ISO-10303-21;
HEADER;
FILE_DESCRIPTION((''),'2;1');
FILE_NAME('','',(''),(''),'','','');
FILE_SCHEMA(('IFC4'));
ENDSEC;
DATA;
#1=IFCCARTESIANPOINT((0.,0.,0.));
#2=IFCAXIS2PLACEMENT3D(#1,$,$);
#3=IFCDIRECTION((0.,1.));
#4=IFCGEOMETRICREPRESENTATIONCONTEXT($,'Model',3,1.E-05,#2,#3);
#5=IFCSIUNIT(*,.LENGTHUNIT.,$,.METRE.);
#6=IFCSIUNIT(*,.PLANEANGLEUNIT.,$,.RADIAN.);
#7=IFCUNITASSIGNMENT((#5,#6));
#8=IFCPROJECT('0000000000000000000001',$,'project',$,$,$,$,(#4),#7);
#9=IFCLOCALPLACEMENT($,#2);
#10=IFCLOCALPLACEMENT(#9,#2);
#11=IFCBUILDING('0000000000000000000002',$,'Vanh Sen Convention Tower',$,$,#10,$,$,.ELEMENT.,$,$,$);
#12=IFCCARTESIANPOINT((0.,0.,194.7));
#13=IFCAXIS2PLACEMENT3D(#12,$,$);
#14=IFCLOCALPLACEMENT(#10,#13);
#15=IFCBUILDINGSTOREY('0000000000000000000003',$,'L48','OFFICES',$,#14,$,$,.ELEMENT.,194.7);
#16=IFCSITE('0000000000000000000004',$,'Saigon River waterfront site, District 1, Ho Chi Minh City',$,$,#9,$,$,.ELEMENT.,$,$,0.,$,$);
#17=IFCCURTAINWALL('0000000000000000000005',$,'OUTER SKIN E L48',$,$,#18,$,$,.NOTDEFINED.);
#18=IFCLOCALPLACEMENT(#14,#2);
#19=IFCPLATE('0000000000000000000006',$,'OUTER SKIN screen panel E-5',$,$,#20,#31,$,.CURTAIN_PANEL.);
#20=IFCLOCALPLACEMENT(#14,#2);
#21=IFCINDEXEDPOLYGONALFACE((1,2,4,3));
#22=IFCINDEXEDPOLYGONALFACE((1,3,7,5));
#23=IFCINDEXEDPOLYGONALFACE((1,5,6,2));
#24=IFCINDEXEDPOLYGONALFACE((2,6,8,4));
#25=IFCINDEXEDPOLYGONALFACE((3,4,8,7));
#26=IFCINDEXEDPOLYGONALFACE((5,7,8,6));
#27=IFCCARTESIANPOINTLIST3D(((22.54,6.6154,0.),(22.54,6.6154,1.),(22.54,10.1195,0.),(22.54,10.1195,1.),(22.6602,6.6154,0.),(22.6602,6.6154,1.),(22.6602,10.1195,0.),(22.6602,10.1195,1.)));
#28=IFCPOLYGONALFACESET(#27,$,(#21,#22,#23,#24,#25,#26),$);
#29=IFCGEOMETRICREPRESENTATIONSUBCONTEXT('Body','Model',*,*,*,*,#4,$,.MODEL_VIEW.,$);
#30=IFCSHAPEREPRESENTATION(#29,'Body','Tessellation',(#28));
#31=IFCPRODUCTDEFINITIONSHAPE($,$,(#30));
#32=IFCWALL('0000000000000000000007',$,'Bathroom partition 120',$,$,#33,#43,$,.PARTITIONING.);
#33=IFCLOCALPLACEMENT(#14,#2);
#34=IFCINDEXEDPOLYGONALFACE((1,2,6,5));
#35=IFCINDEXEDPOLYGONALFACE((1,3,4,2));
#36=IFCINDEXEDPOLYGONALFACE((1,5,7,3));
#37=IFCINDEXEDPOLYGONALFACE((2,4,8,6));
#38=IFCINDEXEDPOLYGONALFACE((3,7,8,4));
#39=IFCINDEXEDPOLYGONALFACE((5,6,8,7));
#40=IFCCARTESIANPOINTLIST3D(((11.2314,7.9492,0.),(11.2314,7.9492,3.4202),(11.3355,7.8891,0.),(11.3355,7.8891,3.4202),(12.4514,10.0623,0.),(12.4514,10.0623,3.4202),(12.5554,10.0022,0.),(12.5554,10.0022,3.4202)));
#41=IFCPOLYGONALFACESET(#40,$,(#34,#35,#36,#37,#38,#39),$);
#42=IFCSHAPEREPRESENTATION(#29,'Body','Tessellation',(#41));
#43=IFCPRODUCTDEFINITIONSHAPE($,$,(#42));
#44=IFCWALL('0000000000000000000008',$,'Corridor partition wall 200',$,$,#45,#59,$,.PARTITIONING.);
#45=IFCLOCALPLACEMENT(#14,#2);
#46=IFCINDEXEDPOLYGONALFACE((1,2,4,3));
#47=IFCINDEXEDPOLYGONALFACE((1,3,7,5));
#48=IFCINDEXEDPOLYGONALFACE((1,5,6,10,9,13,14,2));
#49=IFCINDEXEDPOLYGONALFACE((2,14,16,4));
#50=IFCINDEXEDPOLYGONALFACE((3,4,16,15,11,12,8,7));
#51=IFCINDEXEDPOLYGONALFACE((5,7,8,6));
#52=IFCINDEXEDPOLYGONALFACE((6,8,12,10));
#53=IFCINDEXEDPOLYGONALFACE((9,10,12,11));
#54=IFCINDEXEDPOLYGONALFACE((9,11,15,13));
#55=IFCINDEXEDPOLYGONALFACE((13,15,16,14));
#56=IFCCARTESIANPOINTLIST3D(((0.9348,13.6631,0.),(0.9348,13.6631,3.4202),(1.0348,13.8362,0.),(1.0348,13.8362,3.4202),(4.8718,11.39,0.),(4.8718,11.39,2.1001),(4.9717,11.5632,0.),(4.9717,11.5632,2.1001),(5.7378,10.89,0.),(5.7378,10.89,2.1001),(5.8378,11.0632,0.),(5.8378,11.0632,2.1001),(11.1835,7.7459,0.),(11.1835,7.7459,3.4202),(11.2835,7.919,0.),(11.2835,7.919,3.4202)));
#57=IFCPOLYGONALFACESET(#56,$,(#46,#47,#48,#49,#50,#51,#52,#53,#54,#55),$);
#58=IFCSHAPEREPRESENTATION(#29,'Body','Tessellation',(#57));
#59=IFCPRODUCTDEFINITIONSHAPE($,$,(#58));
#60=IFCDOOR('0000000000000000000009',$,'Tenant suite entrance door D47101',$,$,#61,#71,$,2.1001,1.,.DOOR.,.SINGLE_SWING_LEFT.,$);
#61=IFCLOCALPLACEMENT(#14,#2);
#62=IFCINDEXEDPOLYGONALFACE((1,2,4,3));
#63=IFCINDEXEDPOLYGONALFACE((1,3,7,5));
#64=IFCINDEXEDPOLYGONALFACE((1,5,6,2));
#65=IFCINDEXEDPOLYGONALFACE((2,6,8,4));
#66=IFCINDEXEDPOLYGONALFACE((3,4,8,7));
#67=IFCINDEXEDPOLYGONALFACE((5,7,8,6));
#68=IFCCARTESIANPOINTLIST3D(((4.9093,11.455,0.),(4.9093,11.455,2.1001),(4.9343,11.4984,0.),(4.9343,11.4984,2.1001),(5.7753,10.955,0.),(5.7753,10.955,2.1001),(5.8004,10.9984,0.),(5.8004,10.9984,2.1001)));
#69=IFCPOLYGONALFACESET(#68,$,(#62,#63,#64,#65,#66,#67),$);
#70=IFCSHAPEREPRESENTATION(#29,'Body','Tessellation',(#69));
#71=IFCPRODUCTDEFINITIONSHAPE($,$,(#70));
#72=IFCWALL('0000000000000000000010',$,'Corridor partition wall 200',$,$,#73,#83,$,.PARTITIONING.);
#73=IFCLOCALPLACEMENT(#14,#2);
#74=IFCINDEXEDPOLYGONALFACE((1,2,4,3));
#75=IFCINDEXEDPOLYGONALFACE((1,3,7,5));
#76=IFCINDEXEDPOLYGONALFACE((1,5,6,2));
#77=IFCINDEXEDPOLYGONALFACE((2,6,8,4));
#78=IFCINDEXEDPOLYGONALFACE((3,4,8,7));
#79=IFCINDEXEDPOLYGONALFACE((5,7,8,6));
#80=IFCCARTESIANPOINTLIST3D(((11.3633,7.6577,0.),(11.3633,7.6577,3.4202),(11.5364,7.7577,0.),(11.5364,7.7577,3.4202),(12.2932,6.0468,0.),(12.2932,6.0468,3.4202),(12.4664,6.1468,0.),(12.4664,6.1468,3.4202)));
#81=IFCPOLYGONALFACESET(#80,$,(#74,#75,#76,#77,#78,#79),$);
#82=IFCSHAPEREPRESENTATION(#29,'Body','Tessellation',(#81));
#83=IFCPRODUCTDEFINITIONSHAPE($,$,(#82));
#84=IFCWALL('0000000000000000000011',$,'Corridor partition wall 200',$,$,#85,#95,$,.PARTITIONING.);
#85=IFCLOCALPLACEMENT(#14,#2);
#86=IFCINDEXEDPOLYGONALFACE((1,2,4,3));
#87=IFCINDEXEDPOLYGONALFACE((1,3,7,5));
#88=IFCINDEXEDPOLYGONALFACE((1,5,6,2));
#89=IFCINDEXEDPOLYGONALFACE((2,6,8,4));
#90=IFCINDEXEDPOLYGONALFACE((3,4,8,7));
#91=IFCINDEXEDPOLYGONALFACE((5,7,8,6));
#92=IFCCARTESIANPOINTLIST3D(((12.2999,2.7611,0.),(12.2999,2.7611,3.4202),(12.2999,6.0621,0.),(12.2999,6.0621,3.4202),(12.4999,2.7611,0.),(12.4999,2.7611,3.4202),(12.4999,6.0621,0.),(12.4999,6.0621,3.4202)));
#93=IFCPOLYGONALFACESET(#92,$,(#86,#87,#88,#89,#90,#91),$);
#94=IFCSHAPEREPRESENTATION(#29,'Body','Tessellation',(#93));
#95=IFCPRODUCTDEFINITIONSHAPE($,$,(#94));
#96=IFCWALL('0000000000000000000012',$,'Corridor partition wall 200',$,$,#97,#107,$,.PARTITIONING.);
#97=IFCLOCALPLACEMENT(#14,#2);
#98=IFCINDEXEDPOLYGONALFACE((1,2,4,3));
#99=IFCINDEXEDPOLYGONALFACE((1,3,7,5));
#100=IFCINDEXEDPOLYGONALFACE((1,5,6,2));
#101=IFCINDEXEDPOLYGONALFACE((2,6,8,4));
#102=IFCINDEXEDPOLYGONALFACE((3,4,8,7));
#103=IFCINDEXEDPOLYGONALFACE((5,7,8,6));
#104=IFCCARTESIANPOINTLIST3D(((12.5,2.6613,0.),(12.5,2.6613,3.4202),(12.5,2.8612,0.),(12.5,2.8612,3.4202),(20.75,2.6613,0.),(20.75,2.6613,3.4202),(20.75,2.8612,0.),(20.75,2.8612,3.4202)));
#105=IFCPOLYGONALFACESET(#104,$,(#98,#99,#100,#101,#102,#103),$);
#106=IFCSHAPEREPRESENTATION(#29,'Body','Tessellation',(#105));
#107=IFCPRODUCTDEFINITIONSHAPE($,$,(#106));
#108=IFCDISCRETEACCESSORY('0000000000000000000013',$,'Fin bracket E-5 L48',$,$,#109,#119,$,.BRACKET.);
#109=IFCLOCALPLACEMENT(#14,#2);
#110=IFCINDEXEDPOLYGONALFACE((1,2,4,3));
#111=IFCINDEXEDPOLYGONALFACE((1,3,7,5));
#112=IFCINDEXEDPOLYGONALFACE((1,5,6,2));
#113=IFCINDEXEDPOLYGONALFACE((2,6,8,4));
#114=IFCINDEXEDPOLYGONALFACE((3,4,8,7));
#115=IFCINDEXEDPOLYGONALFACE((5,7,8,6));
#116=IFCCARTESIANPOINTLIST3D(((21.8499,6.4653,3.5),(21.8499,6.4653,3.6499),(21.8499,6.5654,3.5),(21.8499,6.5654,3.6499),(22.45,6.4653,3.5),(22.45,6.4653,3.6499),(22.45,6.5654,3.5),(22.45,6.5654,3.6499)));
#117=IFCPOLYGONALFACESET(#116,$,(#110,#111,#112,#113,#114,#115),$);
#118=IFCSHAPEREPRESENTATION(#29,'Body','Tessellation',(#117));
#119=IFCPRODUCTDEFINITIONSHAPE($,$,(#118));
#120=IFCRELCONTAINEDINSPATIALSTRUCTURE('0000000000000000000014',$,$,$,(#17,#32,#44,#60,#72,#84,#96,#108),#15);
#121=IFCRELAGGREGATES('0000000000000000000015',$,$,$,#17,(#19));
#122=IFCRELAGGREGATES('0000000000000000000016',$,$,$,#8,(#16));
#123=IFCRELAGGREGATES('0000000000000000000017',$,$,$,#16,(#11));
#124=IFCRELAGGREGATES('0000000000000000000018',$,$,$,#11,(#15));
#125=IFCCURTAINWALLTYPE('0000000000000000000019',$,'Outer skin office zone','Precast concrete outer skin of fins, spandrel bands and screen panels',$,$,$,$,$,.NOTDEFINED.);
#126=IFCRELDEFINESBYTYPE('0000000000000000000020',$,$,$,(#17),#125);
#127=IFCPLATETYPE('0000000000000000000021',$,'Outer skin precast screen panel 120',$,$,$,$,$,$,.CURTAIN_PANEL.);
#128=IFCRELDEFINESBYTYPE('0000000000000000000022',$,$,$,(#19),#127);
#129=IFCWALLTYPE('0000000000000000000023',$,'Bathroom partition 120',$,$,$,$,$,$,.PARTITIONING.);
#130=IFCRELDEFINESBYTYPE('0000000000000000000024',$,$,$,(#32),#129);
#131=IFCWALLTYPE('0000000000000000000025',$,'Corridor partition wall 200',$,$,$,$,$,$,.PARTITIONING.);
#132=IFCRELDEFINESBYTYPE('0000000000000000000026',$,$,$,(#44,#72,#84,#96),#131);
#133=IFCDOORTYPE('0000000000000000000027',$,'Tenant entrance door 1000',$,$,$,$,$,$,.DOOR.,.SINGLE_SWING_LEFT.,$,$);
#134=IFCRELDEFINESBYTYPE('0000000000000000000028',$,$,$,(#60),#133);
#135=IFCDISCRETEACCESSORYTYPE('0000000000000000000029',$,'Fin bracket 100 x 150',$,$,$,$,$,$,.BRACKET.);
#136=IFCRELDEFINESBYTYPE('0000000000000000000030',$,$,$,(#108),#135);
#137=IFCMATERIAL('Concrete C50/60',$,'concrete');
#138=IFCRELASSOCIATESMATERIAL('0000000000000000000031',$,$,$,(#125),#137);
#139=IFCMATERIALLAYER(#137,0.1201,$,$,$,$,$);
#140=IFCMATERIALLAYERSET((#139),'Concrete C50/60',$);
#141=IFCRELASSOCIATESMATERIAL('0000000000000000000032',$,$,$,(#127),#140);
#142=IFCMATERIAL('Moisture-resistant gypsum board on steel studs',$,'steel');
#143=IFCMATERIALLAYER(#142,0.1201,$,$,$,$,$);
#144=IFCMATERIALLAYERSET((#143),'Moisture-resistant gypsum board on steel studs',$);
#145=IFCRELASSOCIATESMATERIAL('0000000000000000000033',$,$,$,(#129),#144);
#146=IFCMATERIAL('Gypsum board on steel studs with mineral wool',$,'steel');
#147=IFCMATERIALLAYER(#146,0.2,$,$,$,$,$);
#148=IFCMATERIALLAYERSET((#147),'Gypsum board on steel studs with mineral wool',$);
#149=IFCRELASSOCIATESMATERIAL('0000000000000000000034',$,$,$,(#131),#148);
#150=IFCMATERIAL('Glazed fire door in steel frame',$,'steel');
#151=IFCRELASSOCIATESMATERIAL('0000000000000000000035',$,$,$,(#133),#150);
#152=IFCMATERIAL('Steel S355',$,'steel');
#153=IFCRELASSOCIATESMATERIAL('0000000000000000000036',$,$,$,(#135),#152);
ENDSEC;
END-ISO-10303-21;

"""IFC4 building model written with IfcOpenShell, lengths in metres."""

from ifc_helpers import new_model, si_unit, direction, frame, frame_2d, origin, origin_2d, place, context, subcontext, project, spatial, rectangle, extrude, material, layer, layer_set, type_object, element, fill, aggregate, save


model = new_model("IFC4")

# Units and contexts
model_context = context("Model", 3, precision=1e-05, world=origin(), true_north=direction((0.0, 1.0)))
body_context = subcontext(model_context, "Body", "Model", "MODEL_VIEW")
ifc_project = project(units=[si_unit("LENGTHUNIT", "METRE"), si_unit("PLANEANGLEUNIT", "RADIAN")], contexts=[model_context])

# Site, building, storey
site_placement = place(None, origin())
site = spatial("IfcSite", under=ifc_project, at=site_placement, Name="Saigon River waterfront site, District 1, Ho Chi Minh City", CompositionType="ELEMENT", RefElevation=0.0)
building_placement = place(site_placement, origin())
building = spatial("IfcBuilding", under=site, at=building_placement, Name="Vanh Sen Convention Tower", CompositionType="ELEMENT")
storey_placement = place(building_placement, frame((0.0, 0.0, 194.7)))
storey = spatial("IfcBuildingStorey", under=building, at=storey_placement, Name="L48", Description="OFFICES", CompositionType="ELEMENT", Elevation=194.7)

# Curtain wall
ifc_material_1 = material(Name="Concrete C50/60", Category="concrete")
curtain_wall_type = type_object("IfcCurtainWallType", Name="Outer skin office zone", Description="Precast concrete outer skin of fins, spandrel bands and screen panels", PredefinedType="NOTDEFINED", material=ifc_material_1)
curtain_wall_1_placement = place(storey_placement, origin())
curtain_wall_1 = element("IfcCurtainWall", 1, at=curtain_wall_1_placement, inside=storey, type_object=curtain_wall_type, Name="OUTER SKIN E L48", PredefinedType="NOTDEFINED")

# Plate
ifc_layer_1 = layer(ifc_material_1, 0.1201)
ifc_layer_set_1 = layer_set([ifc_layer_1], Name="Concrete C50/60")
plate_type = type_object("IfcPlateType", Name="Outer skin precast screen panel 120", PredefinedType="CURTAIN_PANEL", material=ifc_layer_set_1)
plate_1_placement = place(storey_placement, frame((22.6001, 8.3674, 0.0), z_axis=(0.0, 0.0, 1.0), x_axis=(0.0, 1.0, 0.0)))
plate_1 = element("IfcPlate", 2, at=plate_1_placement, type_object=plate_type, Name="OUTER SKIN screen panel E-5", PredefinedType="CURTAIN_PANEL", context=body_context, shape_type="SweptSolid", body=[
    extrude(rectangle(XDim=3.5042, YDim=0.1201, at=origin_2d()), origin(), (0.0, 0.0, 1.0), 1.0),
])
aggregate(curtain_wall_1, [plate_1])

# Wall
ifc_material_2 = material(Name="Moisture-resistant gypsum board on steel studs", Category="steel")
ifc_layer_2 = layer(ifc_material_2, 0.1201)
ifc_layer_set_2 = layer_set([ifc_layer_2], Name="Moisture-resistant gypsum board on steel studs")
wall_type_1 = type_object("IfcWallType", Name="Bathroom partition 120", PredefinedType="PARTITIONING", material=ifc_layer_set_2)
wall_1_placement = place(storey_placement, frame((12.5034, 10.0322, 0.0), z_axis=(0.0, 0.0, 1.0), x_axis=(-0.500003, -0.866024, 0.0)))
element("IfcWall", 3, at=wall_1_placement, inside=storey, type_object=wall_type_1, Name="Bathroom partition 120", PredefinedType="PARTITIONING", context=body_context, shape_type="SweptSolid", body=[
    extrude(rectangle(XDim=2.4399, YDim=0.1201, at=frame_2d((1.22, 0.0))), origin(), (0.0, 0.0, 1.0), 3.4202),
])

# Wall, opening, door
ifc_material_3 = material(Name="Gypsum board on steel studs with mineral wool", Category="steel")
ifc_layer_3 = layer(ifc_material_3, 0.2)
ifc_layer_set_3 = layer_set([ifc_layer_3], Name="Gypsum board on steel studs with mineral wool")
wall_type_2 = type_object("IfcWallType", Name="Corridor partition wall 200", PredefinedType="PARTITIONING", material=ifc_layer_set_3)
wall_2_placement = place(storey_placement, frame((11.2334, 7.8325, 0.0), z_axis=(0.0, 0.0, 1.0), x_axis=(-0.866022, 0.500006, 0.0)))
wall_2 = element("IfcWall", 4, at=wall_2_placement, inside=storey, type_object=wall_type_2, Name="Corridor partition wall 200", PredefinedType="PARTITIONING", context=body_context, shape_type="SweptSolid", body=[
    extrude(rectangle(XDim=11.8342, YDim=0.2, at=frame_2d((5.917, 0.0))), origin(), (0.0, 0.0, 1.0), 3.4202),
])
opening_placement = place(wall_2_placement, frame((6.2881, 0.0, 0.0)))
opening = element("IfcOpeningElement", 5, at=opening_placement, cuts=wall_2, PredefinedType="OPENING", context=body_context, shape_type="SweptSolid", body=[
    extrude(rectangle(XDim=1.0, YDim=2.1001, at=frame_2d((0.5, 1.05))), frame((0.0, 0.1099, 0.0), z_axis=(0.0, -1.0, 0.0), x_axis=(1.0, 0.0, 0.0)), (0.0, 0.0, 1.0), 0.22),
])
ifc_material_4 = material(Name="Glazed fire door in steel frame", Category="steel")
door_type = type_object("IfcDoorType", Name="Tenant entrance door 1000", OperationType="SINGLE_SWING_LEFT", PredefinedType="DOOR", material=ifc_material_4)
door_placement = place(opening_placement, origin())
door = element("IfcDoor", 6, at=door_placement, inside=storey, type_object=door_type, Name="Tenant suite entrance door D47101", OperationType="SINGLE_SWING_LEFT", OverallHeight=2.1001, OverallWidth=1.0, PredefinedType="DOOR", context=body_context, shape_type="SweptSolid", body=[
    extrude(rectangle(XDim=1.0, YDim=2.1001, at=frame_2d((0.5, 1.05))), frame((0.0, 0.0249, 0.0), z_axis=(0.0, -1.0, 0.0), x_axis=(1.0, 0.0, 0.0)), (0.0, 0.0, 1.0), 0.05),
])
fill(opening, door)

# Walls
wall_3_placement = place(storey_placement, frame((12.3799, 6.0967, 0.0), z_axis=(0.0, 0.0, 1.0), x_axis=(-0.499965, 0.866046, 0.0)))
element("IfcWall", 7, at=wall_3_placement, inside=storey, type_object=wall_type_2, Name="Corridor partition wall 200", PredefinedType="PARTITIONING", context=body_context, shape_type="SweptSolid", body=[
    extrude(rectangle(XDim=1.8601, YDim=0.2, at=frame_2d((0.9302, 0.0))), origin(), (0.0, 0.0, 1.0), 3.4202),
])
wall_4_placement = place(storey_placement, frame((12.3999, 2.7612, 0.0), z_axis=(0.0, 0.0, 1.0), x_axis=(0.0, 1.0, 0.0)))
element("IfcWall", 8, at=wall_4_placement, inside=storey, type_object=wall_type_2, Name="Corridor partition wall 200", PredefinedType="PARTITIONING", context=body_context, shape_type="SweptSolid", body=[
    extrude(rectangle(XDim=3.301, YDim=0.2, at=frame_2d((1.6504, 0.0))), origin(), (0.0, 0.0, 1.0), 3.4202),
])
wall_5_placement = place(storey_placement, frame((20.75, 2.7612, 0.0), z_axis=(0.0, 0.0, 1.0), x_axis=(-1.0, 0.0, 0.0)))
element("IfcWall", 9, at=wall_5_placement, inside=storey, type_object=wall_type_2, Name="Corridor partition wall 200", PredefinedType="PARTITIONING", context=body_context, shape_type="SweptSolid", body=[
    extrude(rectangle(XDim=8.25, YDim=0.2, at=frame_2d((4.125, 0.0))), origin(), (0.0, 0.0, 1.0), 3.4202),
])

# Discrete accessory
ifc_material_5 = material(Name="Steel S355", Category="steel")
discrete_accessory_type = type_object("IfcDiscreteAccessoryType", Name="Fin bracket 100 x 150", PredefinedType="BRACKET", material=ifc_material_5)
discrete_accessory_placement = place(storey_placement, frame((22.1499, 6.5154, 3.5), z_axis=(0.0, 0.0, 1.0), x_axis=(1.0, 0.0, 0.0)))
element("IfcDiscreteAccessory", 10, at=discrete_accessory_placement, inside=storey, type_object=discrete_accessory_type, Name="Fin bracket E-5 L48", PredefinedType="BRACKET", context=body_context, shape_type="SweptSolid", body=[
    extrude(rectangle(XDim=0.6001, YDim=0.1001, at=origin_2d()), origin(), (0.0, 0.0, 1.0), 0.1499),
])

save(model, "model.ifc")
